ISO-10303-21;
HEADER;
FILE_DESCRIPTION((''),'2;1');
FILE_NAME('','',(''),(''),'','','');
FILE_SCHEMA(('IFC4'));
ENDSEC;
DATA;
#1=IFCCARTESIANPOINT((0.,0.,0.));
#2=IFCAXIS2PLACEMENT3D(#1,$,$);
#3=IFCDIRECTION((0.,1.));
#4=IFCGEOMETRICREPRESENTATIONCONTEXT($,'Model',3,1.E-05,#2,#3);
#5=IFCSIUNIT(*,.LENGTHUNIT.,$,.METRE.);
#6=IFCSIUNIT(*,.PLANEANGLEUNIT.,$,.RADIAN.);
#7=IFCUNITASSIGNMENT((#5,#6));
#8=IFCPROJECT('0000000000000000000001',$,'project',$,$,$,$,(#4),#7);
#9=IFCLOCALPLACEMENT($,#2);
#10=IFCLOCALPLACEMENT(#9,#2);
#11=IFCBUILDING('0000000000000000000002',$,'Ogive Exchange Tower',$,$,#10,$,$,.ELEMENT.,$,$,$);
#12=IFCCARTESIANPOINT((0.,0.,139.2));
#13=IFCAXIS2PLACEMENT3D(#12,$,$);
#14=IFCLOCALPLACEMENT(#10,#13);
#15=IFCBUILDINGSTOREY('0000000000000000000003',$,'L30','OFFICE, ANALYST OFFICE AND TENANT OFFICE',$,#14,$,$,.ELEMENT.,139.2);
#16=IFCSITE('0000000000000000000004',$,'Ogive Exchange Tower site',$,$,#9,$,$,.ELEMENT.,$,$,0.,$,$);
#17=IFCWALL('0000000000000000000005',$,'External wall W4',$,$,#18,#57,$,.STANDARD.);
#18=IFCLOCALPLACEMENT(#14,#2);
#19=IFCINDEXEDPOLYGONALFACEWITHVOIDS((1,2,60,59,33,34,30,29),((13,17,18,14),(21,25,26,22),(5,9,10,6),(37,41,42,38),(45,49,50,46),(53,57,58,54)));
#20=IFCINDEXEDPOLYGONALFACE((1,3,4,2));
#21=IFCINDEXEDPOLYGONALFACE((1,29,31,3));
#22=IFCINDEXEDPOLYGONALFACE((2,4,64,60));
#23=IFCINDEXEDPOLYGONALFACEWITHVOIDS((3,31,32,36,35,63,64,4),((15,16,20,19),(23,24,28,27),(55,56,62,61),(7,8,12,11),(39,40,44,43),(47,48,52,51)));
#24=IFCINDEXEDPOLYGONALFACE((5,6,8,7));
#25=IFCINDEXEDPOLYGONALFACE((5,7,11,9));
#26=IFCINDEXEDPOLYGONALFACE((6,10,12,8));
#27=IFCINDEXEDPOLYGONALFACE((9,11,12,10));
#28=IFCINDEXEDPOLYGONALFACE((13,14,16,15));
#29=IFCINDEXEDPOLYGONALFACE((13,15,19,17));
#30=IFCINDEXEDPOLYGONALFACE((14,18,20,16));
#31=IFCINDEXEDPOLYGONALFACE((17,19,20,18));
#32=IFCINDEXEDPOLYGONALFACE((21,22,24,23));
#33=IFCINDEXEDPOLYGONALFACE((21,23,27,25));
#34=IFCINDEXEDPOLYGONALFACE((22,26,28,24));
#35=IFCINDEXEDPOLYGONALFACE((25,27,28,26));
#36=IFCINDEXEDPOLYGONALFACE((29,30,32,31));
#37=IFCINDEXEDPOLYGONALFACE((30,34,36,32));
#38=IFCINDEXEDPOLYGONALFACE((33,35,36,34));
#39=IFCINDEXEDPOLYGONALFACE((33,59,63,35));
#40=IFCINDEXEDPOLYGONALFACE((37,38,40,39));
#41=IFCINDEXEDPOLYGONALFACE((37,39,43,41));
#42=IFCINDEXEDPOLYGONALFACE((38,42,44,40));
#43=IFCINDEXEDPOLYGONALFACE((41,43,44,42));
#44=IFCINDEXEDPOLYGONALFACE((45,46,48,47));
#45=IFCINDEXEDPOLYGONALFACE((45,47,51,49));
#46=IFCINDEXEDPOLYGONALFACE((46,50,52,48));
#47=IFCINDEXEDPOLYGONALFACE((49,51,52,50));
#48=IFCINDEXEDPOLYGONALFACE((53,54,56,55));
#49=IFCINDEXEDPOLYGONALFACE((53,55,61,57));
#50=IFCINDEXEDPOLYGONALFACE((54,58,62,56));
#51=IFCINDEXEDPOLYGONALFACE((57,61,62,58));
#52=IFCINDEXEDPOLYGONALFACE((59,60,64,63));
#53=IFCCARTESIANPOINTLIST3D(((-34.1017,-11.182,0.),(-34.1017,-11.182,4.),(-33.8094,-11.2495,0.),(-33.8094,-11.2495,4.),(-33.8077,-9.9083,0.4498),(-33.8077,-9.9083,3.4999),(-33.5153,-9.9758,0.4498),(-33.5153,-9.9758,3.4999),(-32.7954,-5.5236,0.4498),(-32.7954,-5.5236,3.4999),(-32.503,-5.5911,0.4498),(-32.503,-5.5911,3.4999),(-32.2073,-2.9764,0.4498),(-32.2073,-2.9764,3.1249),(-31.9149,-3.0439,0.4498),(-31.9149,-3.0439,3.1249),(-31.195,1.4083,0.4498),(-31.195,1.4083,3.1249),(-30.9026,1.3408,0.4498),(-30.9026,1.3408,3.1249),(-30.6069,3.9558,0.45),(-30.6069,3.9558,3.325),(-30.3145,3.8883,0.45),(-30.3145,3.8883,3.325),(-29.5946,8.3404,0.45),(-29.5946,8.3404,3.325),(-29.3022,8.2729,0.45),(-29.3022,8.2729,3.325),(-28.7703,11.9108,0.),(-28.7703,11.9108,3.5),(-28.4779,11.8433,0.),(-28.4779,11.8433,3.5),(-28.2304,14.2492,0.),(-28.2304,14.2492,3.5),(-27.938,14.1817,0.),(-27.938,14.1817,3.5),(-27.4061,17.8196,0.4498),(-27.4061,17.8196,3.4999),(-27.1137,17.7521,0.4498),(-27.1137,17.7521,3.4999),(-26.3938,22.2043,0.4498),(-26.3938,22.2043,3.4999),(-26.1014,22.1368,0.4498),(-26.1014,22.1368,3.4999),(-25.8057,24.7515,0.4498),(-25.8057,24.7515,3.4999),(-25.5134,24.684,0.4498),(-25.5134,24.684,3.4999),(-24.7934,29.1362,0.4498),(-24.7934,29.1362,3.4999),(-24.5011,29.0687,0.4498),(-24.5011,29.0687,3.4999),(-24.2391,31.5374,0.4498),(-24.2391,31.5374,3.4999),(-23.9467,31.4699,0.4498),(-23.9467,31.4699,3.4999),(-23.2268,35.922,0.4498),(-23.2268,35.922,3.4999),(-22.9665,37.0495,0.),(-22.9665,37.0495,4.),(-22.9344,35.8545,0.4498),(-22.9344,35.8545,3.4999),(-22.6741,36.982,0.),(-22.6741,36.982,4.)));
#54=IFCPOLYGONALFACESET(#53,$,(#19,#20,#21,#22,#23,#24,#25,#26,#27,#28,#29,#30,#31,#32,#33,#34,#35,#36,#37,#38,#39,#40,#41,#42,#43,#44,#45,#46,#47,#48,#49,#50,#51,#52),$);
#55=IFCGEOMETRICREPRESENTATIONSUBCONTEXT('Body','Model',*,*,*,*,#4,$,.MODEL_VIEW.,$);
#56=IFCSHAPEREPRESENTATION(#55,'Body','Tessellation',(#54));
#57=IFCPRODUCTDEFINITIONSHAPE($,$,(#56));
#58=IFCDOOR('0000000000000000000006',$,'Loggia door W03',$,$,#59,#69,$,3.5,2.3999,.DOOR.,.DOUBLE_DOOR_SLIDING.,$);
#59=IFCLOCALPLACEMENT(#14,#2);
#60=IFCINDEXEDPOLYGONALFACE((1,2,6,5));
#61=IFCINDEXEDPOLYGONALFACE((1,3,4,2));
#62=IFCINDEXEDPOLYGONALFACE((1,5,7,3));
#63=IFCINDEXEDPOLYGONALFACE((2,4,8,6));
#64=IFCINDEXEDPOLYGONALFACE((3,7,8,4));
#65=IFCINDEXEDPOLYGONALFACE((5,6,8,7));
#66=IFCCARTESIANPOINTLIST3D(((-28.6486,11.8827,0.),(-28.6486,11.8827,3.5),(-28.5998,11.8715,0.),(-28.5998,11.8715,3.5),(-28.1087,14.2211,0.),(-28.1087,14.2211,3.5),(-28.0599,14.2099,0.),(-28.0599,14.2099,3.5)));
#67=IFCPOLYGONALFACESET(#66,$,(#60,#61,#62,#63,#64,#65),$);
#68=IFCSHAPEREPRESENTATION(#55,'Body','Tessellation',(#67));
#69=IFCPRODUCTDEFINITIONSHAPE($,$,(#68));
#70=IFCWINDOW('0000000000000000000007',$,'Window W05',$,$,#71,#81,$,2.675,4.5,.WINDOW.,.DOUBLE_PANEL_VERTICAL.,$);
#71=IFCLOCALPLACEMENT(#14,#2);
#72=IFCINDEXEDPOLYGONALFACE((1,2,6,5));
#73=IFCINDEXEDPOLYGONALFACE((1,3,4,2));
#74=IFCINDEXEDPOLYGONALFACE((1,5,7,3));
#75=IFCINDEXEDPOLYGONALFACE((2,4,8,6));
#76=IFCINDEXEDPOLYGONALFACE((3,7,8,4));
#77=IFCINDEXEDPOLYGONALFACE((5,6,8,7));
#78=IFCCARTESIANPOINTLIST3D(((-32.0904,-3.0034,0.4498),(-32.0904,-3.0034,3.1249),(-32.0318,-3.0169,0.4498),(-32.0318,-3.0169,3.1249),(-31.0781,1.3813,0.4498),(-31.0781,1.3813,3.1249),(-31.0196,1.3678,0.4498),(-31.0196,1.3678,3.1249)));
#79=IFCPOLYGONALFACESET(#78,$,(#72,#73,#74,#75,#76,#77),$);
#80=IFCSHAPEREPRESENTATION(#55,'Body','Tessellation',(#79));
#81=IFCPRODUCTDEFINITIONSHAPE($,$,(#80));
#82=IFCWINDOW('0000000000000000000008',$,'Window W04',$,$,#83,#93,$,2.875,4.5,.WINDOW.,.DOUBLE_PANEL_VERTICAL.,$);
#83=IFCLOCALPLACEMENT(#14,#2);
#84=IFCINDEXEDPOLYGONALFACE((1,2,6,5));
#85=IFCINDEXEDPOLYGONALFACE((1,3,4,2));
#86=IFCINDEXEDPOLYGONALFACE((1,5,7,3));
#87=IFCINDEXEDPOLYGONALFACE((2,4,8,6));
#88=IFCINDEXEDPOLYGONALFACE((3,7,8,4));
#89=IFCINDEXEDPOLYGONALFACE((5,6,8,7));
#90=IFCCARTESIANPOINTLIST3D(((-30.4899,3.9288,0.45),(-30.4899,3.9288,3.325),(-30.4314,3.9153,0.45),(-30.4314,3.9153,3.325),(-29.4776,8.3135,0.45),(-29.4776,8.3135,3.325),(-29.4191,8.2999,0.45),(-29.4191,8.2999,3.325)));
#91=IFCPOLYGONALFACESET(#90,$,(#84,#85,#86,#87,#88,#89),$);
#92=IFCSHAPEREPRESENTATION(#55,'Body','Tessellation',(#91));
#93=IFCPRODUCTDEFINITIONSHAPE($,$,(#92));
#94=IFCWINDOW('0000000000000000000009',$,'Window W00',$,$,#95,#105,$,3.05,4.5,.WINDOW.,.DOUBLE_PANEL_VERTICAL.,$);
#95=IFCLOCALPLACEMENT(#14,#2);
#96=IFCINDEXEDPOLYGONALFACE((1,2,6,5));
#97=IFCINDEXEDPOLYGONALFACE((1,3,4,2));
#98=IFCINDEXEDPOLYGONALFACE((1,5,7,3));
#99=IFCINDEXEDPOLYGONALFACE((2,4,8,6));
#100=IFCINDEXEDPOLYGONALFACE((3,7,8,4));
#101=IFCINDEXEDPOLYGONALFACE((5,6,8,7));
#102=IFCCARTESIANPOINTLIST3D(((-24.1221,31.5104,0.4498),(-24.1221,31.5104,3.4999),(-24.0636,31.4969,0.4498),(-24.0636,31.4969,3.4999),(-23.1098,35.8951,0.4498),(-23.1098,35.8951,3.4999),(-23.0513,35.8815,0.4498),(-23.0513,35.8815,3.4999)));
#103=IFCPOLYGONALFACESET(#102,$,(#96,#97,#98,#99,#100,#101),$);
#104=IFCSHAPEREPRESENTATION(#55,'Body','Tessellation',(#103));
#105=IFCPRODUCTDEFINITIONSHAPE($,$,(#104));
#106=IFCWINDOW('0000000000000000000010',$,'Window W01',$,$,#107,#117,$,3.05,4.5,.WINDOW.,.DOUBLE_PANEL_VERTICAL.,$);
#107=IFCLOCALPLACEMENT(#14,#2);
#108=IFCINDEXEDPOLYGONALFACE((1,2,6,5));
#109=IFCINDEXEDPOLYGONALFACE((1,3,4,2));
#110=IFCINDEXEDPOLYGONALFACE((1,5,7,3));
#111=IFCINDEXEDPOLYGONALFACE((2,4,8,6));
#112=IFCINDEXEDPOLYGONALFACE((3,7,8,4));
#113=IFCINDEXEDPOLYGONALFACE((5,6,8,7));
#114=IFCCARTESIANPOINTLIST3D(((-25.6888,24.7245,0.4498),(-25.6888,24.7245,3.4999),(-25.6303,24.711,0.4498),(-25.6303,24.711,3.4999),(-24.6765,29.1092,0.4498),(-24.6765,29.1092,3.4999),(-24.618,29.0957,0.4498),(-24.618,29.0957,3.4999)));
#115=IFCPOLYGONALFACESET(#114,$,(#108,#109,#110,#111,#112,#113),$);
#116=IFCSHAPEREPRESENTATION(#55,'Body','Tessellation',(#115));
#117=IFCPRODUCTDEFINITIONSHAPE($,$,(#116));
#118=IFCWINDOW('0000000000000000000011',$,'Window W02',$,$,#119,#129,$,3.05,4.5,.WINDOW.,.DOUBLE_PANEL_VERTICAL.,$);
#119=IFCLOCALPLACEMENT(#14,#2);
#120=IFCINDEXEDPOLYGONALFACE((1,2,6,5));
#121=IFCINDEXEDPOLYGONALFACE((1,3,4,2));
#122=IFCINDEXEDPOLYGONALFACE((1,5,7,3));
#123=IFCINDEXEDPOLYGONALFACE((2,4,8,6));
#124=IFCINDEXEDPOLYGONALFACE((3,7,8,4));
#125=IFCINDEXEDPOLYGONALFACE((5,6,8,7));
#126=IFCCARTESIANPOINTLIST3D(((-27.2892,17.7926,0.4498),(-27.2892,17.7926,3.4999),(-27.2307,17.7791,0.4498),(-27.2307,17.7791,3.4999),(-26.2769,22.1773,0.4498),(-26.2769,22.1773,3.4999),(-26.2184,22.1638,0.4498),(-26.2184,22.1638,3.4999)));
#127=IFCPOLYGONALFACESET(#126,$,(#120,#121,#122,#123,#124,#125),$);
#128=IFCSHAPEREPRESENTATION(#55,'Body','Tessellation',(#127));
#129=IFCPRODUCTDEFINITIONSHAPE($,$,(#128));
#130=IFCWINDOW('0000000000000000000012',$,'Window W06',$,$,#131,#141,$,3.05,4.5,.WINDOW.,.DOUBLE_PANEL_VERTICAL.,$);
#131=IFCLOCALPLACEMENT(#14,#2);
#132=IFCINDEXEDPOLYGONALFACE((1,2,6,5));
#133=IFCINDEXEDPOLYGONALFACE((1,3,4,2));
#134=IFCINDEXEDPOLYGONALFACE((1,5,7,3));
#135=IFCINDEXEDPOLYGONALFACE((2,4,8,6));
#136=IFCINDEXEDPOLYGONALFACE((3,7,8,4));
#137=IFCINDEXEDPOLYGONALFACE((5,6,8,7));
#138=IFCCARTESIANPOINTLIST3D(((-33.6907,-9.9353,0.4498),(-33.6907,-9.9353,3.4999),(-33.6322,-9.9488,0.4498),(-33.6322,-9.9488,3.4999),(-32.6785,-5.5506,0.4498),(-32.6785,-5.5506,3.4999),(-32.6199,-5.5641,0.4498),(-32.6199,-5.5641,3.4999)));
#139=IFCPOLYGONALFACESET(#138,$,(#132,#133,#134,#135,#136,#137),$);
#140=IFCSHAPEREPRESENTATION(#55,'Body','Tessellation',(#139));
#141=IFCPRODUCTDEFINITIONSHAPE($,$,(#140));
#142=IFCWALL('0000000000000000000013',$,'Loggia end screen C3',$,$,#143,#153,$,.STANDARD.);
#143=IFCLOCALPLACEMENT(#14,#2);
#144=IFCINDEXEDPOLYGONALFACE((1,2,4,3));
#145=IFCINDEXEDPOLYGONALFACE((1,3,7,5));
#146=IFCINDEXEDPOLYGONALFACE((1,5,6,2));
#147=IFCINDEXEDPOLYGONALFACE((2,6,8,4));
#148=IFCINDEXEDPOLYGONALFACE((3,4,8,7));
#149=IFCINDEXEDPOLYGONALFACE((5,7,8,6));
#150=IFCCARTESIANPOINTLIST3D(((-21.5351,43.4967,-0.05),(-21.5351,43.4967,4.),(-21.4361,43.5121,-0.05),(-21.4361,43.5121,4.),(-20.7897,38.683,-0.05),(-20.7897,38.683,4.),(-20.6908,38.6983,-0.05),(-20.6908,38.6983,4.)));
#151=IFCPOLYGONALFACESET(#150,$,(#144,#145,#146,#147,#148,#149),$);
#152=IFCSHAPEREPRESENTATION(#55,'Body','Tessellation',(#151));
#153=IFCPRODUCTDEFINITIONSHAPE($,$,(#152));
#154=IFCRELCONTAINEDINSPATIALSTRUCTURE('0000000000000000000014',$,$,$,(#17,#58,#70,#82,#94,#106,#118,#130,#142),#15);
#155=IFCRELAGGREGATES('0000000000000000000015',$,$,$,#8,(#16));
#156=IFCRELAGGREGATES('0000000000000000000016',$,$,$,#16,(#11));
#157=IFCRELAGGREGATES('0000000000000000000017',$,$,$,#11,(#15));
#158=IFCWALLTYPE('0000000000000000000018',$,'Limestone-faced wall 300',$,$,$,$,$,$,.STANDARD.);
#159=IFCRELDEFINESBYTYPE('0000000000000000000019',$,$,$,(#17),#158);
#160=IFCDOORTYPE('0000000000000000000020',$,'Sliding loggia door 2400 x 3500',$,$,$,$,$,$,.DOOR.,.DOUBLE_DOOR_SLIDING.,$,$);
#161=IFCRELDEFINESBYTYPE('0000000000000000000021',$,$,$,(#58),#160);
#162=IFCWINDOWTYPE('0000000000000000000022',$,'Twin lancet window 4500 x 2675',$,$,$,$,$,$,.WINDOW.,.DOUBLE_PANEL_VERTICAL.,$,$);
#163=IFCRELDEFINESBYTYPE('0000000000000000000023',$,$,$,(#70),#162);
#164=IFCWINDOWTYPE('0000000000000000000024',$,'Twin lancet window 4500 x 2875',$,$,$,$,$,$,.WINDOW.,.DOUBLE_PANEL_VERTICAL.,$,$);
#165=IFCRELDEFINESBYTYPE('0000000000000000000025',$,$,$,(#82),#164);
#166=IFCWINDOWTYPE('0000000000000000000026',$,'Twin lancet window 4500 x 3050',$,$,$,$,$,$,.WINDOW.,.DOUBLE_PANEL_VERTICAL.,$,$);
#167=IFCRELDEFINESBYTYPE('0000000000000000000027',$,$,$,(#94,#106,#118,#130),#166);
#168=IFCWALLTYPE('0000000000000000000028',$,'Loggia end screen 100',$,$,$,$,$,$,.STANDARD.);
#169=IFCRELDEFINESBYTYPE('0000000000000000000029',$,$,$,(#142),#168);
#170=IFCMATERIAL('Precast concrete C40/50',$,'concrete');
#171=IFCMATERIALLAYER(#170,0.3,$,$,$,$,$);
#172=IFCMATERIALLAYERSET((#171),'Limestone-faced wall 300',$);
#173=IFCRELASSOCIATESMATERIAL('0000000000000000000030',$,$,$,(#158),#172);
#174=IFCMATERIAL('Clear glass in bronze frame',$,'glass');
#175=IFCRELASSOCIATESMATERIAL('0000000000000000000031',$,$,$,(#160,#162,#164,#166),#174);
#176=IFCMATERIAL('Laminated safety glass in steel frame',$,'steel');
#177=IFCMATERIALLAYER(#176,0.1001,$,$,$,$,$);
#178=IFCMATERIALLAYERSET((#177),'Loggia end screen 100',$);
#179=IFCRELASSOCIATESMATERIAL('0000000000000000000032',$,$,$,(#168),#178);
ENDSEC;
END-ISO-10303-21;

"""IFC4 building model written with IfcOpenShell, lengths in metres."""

from ifc_helpers import new_model, si_unit, direction, frame, frame_2d, origin, place, context, subcontext, project, spatial, rectangle, extrude, material, layer, layer_set, type_object, element, fill, save


model = new_model("IFC4")

# Units and contexts
model_context = context("Model", 3, precision=1e-05, world=origin(), true_north=direction((0.0, 1.0)))
body_context = subcontext(model_context, "Body", "Model", "MODEL_VIEW")
ifc_project = project(units=[si_unit("LENGTHUNIT", "METRE"), si_unit("PLANEANGLEUNIT", "RADIAN")], contexts=[model_context])

# Site, building, storey
site_placement = place(None, origin())
site = spatial("IfcSite", under=ifc_project, at=site_placement, Name="Ogive Exchange Tower site", CompositionType="ELEMENT", RefElevation=0.0)
building_placement = place(site_placement, origin())
building = spatial("IfcBuilding", under=site, at=building_placement, Name="Ogive Exchange Tower", CompositionType="ELEMENT")
storey_placement = place(building_placement, frame((0.0, 0.0, 139.2)))
storey = spatial("IfcBuildingStorey", under=building, at=storey_placement, Name="L30", Description="OFFICE, ANALYST OFFICE AND TENANT OFFICE", CompositionType="ELEMENT", Elevation=139.2)

# Wall, openings, door, windows
ifc_material_1 = material(Name="Precast concrete C40/50", Category="concrete")
ifc_layer_1 = layer(ifc_material_1, 0.3)
ifc_layer_set_1 = layer_set([ifc_layer_1], Name="Limestone-faced wall 300")
wall_type_1 = type_object("IfcWallType", Name="Limestone-faced wall 300", PredefinedType="STANDARD", material=ifc_layer_set_1)
wall_1_placement = place(storey_placement, frame((-22.8203, 37.0156, 0.0), z_axis=(0.0, 0.0, 1.0), x_axis=(-0.224954, -0.974369, 0.0)))
wall_1 = element("IfcWall", 1, at=wall_1_placement, inside=storey, type_object=wall_type_1, Name="External wall W4", PredefinedType="STANDARD", context=body_context, shape_type="SweptSolid", body=[
    extrude(rectangle(XDim=49.5002, YDim=0.3, at=frame_2d((24.75, 0.0))), origin(), (0.0, 0.0, 1.0), 4.0),
])
opening_1_placement = place(wall_1_placement, frame((1.157, 0.0, 0.45)))
opening_1 = element("IfcOpeningElement", 2, at=opening_1_placement, cuts=wall_1, PredefinedType="OPENING", context=body_context, shape_type="SweptSolid", body=[
    extrude(rectangle(XDim=4.5, YDim=3.05, at=frame_2d((2.25, 1.5249))), frame((0.0, 0.1599, 0.0), z_axis=(0.0, -1.0, 0.0), x_axis=(1.0, 0.0, 0.0)), (0.0, 0.0, 1.0), 0.3201),
])
opening_2_placement = place(wall_1_placement, frame((8.1213, 0.0, 0.45)))
opening_2 = element("IfcOpeningElement", 3, at=opening_2_placement, cuts=wall_1, PredefinedType="OPENING", context=body_context, shape_type="SweptSolid", body=[
    extrude(rectangle(XDim=4.5, YDim=3.05, at=frame_2d((2.25, 1.5249))), frame((0.0, 0.1599, 0.0), z_axis=(0.0, -1.0, 0.0), x_axis=(1.0, 0.0, 0.0)), (0.0, 0.0, 1.0), 0.3201),
])
opening_3_placement = place(wall_1_placement, frame((15.2356, 0.0, 0.45)))
opening_3 = element("IfcOpeningElement", 4, at=opening_3_placement, cuts=wall_1, PredefinedType="OPENING", context=body_context, shape_type="SweptSolid", body=[
    extrude(rectangle(XDim=4.5, YDim=3.05, at=frame_2d((2.25, 1.5249))), frame((0.0, 0.1599, 0.0), z_axis=(0.0, -1.0, 0.0), x_axis=(1.0, 0.0, 0.0)), (0.0, 0.0, 1.0), 0.3201),
])
opening_4_placement = place(wall_1_placement, frame((23.3999, 0.0, 0.0)))
opening_4 = element("IfcOpeningElement", 5, at=opening_4_placement, cuts=wall_1, PredefinedType="OPENING", context=body_context, shape_type="SweptSolid", body=[
    extrude(rectangle(XDim=2.3999, YDim=3.5, at=frame_2d((1.2, 1.75))), frame((0.0, 0.1599, 0.0), z_axis=(0.0, -1.0, 0.0), x_axis=(1.0, 0.0, 0.0)), (0.0, 0.0, 1.0), 0.3201),
])
opening_5_placement = place(wall_1_placement, frame((29.4641, 0.0, 0.45)))
opening_5 = element("IfcOpeningElement", 6, at=opening_5_placement, cuts=wall_1, PredefinedType="OPENING", context=body_context, shape_type="SweptSolid", body=[
    extrude(rectangle(XDim=4.5, YDim=2.875, at=frame_2d((2.25, 1.4375))), frame((0.0, 0.1599, 0.0), z_axis=(0.0, -1.0, 0.0), x_axis=(1.0, 0.0, 0.0)), (0.0, 0.0, 1.0), 0.3201),
])
opening_6_placement = place(wall_1_placement, frame((36.5786, 0.0, 0.45)))
opening_6 = element("IfcOpeningElement", 7, at=opening_6_placement, cuts=wall_1, PredefinedType="OPENING", context=body_context, shape_type="SweptSolid", body=[
    extrude(rectangle(XDim=4.5, YDim=2.675, at=frame_2d((2.25, 1.3374))), frame((0.0, 0.1599, 0.0), z_axis=(0.0, -1.0, 0.0), x_axis=(1.0, 0.0, 0.0)), (0.0, 0.0, 1.0), 0.3201),
])
opening_7_placement = place(wall_1_placement, frame((43.6929, 0.0, 0.45)))
opening_7 = element("IfcOpeningElement", 8, at=opening_7_placement, cuts=wall_1, PredefinedType="OPENING", context=body_context, shape_type="SweptSolid", body=[
    extrude(rectangle(XDim=4.5, YDim=3.05, at=frame_2d((2.25, 1.5249))), frame((0.0, 0.1599, 0.0), z_axis=(0.0, -1.0, 0.0), x_axis=(1.0, 0.0, 0.0)), (0.0, 0.0, 1.0), 0.3201),
])
ifc_material_2 = material(Name="Clear glass in bronze frame", Category="glass")
door_type_1 = type_object("IfcDoorType", Name="Sliding loggia door 2400 x 3500", OperationType="DOUBLE_DOOR_SLIDING", PredefinedType="DOOR", material=ifc_material_2)
door_1_placement = place(opening_4_placement, origin())
door_1 = element("IfcDoor", 9, at=door_1_placement, inside=storey, type_object=door_type_1, Name="Loggia door W03", OperationType="DOUBLE_DOOR_SLIDING", OverallHeight=3.5, OverallWidth=2.3999, PredefinedType="DOOR", context=body_context, shape_type="SweptSolid", body=[
    extrude(rectangle(XDim=2.3999, YDim=3.5, at=frame_2d((1.2, 1.75))), frame((0.0, 0.0249, 0.0), z_axis=(0.0, -1.0, 0.0), x_axis=(1.0, 0.0, 0.0)), (0.0, 0.0, 1.0), 0.05),
])
fill(opening_4, door_1)
window_type_1 = type_object("IfcWindowType", Name="Twin lancet window 4500 x 2675", PartitioningType="DOUBLE_PANEL_VERTICAL", PredefinedType="WINDOW", material=ifc_material_2)
window_1_placement = place(opening_6_placement, origin())
window_1 = element("IfcWindow", 10, at=window_1_placement, inside=storey, type_object=window_type_1, Name="Window W05", OverallHeight=2.675, OverallWidth=4.5, PartitioningType="DOUBLE_PANEL_VERTICAL", PredefinedType="WINDOW", context=body_context, shape_type="SweptSolid", body=[
    extrude(rectangle(XDim=4.5, YDim=2.675, at=frame_2d((2.25, 1.3374))), frame((0.0, 0.03, 0.0), z_axis=(0.0, -1.0, 0.0), x_axis=(1.0, 0.0, 0.0)), (0.0, 0.0, 1.0), 0.0601),
])
fill(opening_6, window_1)
window_type_2 = type_object("IfcWindowType", Name="Twin lancet window 4500 x 2875", PartitioningType="DOUBLE_PANEL_VERTICAL", PredefinedType="WINDOW", material=ifc_material_2)
window_2_placement = place(opening_5_placement, origin())
window_2 = element("IfcWindow", 11, at=window_2_placement, inside=storey, type_object=window_type_2, Name="Window W04", OverallHeight=2.875, OverallWidth=4.5, PartitioningType="DOUBLE_PANEL_VERTICAL", PredefinedType="WINDOW", context=body_context, shape_type="SweptSolid", body=[
    extrude(rectangle(XDim=4.5, YDim=2.875, at=frame_2d((2.25, 1.4375))), frame((0.0, 0.03, 0.0), z_axis=(0.0, -1.0, 0.0), x_axis=(1.0, 0.0, 0.0)), (0.0, 0.0, 1.0), 0.0601),
])
fill(opening_5, window_2)
window_type_3 = type_object("IfcWindowType", Name="Twin lancet window 4500 x 3050", PartitioningType="DOUBLE_PANEL_VERTICAL", PredefinedType="WINDOW", material=ifc_material_2)
window_3_placement = place(opening_1_placement, origin())
window_3 = element("IfcWindow", 12, at=window_3_placement, inside=storey, type_object=window_type_3, Name="Window W00", OverallHeight=3.05, OverallWidth=4.5, PartitioningType="DOUBLE_PANEL_VERTICAL", PredefinedType="WINDOW", context=body_context, shape_type="SweptSolid", body=[
    extrude(rectangle(XDim=4.5, YDim=3.05, at=frame_2d((2.25, 1.5249))), frame((0.0, 0.03, 0.0), z_axis=(0.0, -1.0, 0.0), x_axis=(1.0, 0.0, 0.0)), (0.0, 0.0, 1.0), 0.0601),
])
fill(opening_1, window_3)
window_4_placement = place(opening_2_placement, origin())
window_4 = element("IfcWindow", 13, at=window_4_placement, inside=storey, type_object=window_type_3, Name="Window W01", OverallHeight=3.05, OverallWidth=4.5, PartitioningType="DOUBLE_PANEL_VERTICAL", PredefinedType="WINDOW", context=body_context, shape_type="SweptSolid", body=[
    extrude(rectangle(XDim=4.5, YDim=3.05, at=frame_2d((2.25, 1.5249))), frame((0.0, 0.03, 0.0), z_axis=(0.0, -1.0, 0.0), x_axis=(1.0, 0.0, 0.0)), (0.0, 0.0, 1.0), 0.0601),
])
fill(opening_2, window_4)
window_5_placement = place(opening_3_placement, origin())
window_5 = element("IfcWindow", 14, at=window_5_placement, inside=storey, type_object=window_type_3, Name="Window W02", OverallHeight=3.05, OverallWidth=4.5, PartitioningType="DOUBLE_PANEL_VERTICAL", PredefinedType="WINDOW", context=body_context, shape_type="SweptSolid", body=[
    extrude(rectangle(XDim=4.5, YDim=3.05, at=frame_2d((2.25, 1.5249))), frame((0.0, 0.03, 0.0), z_axis=(0.0, -1.0, 0.0), x_axis=(1.0, 0.0, 0.0)), (0.0, 0.0, 1.0), 0.0601),
])
fill(opening_3, window_5)
window_6_placement = place(opening_7_placement, origin())
window_6 = element("IfcWindow", 15, at=window_6_placement, inside=storey, type_object=window_type_3, Name="Window W06", OverallHeight=3.05, OverallWidth=4.5, PartitioningType="DOUBLE_PANEL_VERTICAL", PredefinedType="WINDOW", context=body_context, shape_type="SweptSolid", body=[
    extrude(rectangle(XDim=4.5, YDim=3.05, at=frame_2d((2.25, 1.5249))), frame((0.0, 0.03, 0.0), z_axis=(0.0, -1.0, 0.0), x_axis=(1.0, 0.0, 0.0)), (0.0, 0.0, 1.0), 0.0601),
])
fill(opening_7, window_6)

# Wall
ifc_material_3 = material(Name="Laminated safety glass in steel frame", Category="steel")
ifc_layer_2 = layer(ifc_material_3, 0.1001)
ifc_layer_set_2 = layer_set([ifc_layer_2], Name="Loggia end screen 100")
wall_type_2 = type_object("IfcWallType", Name="Loggia end screen 100", PredefinedType="STANDARD", material=ifc_layer_set_2)
wall_2_placement = place(storey_placement, frame((-20.7402, 38.6907, -0.05), z_axis=(0.0, 0.0, 1.0), x_axis=(-0.153018, 0.988223, 0.0)))
element("IfcWall", 16, at=wall_2_placement, inside=storey, type_object=wall_type_2, Name="Loggia end screen C3", PredefinedType="STANDARD", context=body_context, shape_type="SweptSolid", body=[
    extrude(rectangle(XDim=4.8711, YDim=0.1001, at=frame_2d((2.4355, 0.0))), origin(), (0.0, 0.0, 1.0), 4.05),
])

save(model, "model.ifc")
